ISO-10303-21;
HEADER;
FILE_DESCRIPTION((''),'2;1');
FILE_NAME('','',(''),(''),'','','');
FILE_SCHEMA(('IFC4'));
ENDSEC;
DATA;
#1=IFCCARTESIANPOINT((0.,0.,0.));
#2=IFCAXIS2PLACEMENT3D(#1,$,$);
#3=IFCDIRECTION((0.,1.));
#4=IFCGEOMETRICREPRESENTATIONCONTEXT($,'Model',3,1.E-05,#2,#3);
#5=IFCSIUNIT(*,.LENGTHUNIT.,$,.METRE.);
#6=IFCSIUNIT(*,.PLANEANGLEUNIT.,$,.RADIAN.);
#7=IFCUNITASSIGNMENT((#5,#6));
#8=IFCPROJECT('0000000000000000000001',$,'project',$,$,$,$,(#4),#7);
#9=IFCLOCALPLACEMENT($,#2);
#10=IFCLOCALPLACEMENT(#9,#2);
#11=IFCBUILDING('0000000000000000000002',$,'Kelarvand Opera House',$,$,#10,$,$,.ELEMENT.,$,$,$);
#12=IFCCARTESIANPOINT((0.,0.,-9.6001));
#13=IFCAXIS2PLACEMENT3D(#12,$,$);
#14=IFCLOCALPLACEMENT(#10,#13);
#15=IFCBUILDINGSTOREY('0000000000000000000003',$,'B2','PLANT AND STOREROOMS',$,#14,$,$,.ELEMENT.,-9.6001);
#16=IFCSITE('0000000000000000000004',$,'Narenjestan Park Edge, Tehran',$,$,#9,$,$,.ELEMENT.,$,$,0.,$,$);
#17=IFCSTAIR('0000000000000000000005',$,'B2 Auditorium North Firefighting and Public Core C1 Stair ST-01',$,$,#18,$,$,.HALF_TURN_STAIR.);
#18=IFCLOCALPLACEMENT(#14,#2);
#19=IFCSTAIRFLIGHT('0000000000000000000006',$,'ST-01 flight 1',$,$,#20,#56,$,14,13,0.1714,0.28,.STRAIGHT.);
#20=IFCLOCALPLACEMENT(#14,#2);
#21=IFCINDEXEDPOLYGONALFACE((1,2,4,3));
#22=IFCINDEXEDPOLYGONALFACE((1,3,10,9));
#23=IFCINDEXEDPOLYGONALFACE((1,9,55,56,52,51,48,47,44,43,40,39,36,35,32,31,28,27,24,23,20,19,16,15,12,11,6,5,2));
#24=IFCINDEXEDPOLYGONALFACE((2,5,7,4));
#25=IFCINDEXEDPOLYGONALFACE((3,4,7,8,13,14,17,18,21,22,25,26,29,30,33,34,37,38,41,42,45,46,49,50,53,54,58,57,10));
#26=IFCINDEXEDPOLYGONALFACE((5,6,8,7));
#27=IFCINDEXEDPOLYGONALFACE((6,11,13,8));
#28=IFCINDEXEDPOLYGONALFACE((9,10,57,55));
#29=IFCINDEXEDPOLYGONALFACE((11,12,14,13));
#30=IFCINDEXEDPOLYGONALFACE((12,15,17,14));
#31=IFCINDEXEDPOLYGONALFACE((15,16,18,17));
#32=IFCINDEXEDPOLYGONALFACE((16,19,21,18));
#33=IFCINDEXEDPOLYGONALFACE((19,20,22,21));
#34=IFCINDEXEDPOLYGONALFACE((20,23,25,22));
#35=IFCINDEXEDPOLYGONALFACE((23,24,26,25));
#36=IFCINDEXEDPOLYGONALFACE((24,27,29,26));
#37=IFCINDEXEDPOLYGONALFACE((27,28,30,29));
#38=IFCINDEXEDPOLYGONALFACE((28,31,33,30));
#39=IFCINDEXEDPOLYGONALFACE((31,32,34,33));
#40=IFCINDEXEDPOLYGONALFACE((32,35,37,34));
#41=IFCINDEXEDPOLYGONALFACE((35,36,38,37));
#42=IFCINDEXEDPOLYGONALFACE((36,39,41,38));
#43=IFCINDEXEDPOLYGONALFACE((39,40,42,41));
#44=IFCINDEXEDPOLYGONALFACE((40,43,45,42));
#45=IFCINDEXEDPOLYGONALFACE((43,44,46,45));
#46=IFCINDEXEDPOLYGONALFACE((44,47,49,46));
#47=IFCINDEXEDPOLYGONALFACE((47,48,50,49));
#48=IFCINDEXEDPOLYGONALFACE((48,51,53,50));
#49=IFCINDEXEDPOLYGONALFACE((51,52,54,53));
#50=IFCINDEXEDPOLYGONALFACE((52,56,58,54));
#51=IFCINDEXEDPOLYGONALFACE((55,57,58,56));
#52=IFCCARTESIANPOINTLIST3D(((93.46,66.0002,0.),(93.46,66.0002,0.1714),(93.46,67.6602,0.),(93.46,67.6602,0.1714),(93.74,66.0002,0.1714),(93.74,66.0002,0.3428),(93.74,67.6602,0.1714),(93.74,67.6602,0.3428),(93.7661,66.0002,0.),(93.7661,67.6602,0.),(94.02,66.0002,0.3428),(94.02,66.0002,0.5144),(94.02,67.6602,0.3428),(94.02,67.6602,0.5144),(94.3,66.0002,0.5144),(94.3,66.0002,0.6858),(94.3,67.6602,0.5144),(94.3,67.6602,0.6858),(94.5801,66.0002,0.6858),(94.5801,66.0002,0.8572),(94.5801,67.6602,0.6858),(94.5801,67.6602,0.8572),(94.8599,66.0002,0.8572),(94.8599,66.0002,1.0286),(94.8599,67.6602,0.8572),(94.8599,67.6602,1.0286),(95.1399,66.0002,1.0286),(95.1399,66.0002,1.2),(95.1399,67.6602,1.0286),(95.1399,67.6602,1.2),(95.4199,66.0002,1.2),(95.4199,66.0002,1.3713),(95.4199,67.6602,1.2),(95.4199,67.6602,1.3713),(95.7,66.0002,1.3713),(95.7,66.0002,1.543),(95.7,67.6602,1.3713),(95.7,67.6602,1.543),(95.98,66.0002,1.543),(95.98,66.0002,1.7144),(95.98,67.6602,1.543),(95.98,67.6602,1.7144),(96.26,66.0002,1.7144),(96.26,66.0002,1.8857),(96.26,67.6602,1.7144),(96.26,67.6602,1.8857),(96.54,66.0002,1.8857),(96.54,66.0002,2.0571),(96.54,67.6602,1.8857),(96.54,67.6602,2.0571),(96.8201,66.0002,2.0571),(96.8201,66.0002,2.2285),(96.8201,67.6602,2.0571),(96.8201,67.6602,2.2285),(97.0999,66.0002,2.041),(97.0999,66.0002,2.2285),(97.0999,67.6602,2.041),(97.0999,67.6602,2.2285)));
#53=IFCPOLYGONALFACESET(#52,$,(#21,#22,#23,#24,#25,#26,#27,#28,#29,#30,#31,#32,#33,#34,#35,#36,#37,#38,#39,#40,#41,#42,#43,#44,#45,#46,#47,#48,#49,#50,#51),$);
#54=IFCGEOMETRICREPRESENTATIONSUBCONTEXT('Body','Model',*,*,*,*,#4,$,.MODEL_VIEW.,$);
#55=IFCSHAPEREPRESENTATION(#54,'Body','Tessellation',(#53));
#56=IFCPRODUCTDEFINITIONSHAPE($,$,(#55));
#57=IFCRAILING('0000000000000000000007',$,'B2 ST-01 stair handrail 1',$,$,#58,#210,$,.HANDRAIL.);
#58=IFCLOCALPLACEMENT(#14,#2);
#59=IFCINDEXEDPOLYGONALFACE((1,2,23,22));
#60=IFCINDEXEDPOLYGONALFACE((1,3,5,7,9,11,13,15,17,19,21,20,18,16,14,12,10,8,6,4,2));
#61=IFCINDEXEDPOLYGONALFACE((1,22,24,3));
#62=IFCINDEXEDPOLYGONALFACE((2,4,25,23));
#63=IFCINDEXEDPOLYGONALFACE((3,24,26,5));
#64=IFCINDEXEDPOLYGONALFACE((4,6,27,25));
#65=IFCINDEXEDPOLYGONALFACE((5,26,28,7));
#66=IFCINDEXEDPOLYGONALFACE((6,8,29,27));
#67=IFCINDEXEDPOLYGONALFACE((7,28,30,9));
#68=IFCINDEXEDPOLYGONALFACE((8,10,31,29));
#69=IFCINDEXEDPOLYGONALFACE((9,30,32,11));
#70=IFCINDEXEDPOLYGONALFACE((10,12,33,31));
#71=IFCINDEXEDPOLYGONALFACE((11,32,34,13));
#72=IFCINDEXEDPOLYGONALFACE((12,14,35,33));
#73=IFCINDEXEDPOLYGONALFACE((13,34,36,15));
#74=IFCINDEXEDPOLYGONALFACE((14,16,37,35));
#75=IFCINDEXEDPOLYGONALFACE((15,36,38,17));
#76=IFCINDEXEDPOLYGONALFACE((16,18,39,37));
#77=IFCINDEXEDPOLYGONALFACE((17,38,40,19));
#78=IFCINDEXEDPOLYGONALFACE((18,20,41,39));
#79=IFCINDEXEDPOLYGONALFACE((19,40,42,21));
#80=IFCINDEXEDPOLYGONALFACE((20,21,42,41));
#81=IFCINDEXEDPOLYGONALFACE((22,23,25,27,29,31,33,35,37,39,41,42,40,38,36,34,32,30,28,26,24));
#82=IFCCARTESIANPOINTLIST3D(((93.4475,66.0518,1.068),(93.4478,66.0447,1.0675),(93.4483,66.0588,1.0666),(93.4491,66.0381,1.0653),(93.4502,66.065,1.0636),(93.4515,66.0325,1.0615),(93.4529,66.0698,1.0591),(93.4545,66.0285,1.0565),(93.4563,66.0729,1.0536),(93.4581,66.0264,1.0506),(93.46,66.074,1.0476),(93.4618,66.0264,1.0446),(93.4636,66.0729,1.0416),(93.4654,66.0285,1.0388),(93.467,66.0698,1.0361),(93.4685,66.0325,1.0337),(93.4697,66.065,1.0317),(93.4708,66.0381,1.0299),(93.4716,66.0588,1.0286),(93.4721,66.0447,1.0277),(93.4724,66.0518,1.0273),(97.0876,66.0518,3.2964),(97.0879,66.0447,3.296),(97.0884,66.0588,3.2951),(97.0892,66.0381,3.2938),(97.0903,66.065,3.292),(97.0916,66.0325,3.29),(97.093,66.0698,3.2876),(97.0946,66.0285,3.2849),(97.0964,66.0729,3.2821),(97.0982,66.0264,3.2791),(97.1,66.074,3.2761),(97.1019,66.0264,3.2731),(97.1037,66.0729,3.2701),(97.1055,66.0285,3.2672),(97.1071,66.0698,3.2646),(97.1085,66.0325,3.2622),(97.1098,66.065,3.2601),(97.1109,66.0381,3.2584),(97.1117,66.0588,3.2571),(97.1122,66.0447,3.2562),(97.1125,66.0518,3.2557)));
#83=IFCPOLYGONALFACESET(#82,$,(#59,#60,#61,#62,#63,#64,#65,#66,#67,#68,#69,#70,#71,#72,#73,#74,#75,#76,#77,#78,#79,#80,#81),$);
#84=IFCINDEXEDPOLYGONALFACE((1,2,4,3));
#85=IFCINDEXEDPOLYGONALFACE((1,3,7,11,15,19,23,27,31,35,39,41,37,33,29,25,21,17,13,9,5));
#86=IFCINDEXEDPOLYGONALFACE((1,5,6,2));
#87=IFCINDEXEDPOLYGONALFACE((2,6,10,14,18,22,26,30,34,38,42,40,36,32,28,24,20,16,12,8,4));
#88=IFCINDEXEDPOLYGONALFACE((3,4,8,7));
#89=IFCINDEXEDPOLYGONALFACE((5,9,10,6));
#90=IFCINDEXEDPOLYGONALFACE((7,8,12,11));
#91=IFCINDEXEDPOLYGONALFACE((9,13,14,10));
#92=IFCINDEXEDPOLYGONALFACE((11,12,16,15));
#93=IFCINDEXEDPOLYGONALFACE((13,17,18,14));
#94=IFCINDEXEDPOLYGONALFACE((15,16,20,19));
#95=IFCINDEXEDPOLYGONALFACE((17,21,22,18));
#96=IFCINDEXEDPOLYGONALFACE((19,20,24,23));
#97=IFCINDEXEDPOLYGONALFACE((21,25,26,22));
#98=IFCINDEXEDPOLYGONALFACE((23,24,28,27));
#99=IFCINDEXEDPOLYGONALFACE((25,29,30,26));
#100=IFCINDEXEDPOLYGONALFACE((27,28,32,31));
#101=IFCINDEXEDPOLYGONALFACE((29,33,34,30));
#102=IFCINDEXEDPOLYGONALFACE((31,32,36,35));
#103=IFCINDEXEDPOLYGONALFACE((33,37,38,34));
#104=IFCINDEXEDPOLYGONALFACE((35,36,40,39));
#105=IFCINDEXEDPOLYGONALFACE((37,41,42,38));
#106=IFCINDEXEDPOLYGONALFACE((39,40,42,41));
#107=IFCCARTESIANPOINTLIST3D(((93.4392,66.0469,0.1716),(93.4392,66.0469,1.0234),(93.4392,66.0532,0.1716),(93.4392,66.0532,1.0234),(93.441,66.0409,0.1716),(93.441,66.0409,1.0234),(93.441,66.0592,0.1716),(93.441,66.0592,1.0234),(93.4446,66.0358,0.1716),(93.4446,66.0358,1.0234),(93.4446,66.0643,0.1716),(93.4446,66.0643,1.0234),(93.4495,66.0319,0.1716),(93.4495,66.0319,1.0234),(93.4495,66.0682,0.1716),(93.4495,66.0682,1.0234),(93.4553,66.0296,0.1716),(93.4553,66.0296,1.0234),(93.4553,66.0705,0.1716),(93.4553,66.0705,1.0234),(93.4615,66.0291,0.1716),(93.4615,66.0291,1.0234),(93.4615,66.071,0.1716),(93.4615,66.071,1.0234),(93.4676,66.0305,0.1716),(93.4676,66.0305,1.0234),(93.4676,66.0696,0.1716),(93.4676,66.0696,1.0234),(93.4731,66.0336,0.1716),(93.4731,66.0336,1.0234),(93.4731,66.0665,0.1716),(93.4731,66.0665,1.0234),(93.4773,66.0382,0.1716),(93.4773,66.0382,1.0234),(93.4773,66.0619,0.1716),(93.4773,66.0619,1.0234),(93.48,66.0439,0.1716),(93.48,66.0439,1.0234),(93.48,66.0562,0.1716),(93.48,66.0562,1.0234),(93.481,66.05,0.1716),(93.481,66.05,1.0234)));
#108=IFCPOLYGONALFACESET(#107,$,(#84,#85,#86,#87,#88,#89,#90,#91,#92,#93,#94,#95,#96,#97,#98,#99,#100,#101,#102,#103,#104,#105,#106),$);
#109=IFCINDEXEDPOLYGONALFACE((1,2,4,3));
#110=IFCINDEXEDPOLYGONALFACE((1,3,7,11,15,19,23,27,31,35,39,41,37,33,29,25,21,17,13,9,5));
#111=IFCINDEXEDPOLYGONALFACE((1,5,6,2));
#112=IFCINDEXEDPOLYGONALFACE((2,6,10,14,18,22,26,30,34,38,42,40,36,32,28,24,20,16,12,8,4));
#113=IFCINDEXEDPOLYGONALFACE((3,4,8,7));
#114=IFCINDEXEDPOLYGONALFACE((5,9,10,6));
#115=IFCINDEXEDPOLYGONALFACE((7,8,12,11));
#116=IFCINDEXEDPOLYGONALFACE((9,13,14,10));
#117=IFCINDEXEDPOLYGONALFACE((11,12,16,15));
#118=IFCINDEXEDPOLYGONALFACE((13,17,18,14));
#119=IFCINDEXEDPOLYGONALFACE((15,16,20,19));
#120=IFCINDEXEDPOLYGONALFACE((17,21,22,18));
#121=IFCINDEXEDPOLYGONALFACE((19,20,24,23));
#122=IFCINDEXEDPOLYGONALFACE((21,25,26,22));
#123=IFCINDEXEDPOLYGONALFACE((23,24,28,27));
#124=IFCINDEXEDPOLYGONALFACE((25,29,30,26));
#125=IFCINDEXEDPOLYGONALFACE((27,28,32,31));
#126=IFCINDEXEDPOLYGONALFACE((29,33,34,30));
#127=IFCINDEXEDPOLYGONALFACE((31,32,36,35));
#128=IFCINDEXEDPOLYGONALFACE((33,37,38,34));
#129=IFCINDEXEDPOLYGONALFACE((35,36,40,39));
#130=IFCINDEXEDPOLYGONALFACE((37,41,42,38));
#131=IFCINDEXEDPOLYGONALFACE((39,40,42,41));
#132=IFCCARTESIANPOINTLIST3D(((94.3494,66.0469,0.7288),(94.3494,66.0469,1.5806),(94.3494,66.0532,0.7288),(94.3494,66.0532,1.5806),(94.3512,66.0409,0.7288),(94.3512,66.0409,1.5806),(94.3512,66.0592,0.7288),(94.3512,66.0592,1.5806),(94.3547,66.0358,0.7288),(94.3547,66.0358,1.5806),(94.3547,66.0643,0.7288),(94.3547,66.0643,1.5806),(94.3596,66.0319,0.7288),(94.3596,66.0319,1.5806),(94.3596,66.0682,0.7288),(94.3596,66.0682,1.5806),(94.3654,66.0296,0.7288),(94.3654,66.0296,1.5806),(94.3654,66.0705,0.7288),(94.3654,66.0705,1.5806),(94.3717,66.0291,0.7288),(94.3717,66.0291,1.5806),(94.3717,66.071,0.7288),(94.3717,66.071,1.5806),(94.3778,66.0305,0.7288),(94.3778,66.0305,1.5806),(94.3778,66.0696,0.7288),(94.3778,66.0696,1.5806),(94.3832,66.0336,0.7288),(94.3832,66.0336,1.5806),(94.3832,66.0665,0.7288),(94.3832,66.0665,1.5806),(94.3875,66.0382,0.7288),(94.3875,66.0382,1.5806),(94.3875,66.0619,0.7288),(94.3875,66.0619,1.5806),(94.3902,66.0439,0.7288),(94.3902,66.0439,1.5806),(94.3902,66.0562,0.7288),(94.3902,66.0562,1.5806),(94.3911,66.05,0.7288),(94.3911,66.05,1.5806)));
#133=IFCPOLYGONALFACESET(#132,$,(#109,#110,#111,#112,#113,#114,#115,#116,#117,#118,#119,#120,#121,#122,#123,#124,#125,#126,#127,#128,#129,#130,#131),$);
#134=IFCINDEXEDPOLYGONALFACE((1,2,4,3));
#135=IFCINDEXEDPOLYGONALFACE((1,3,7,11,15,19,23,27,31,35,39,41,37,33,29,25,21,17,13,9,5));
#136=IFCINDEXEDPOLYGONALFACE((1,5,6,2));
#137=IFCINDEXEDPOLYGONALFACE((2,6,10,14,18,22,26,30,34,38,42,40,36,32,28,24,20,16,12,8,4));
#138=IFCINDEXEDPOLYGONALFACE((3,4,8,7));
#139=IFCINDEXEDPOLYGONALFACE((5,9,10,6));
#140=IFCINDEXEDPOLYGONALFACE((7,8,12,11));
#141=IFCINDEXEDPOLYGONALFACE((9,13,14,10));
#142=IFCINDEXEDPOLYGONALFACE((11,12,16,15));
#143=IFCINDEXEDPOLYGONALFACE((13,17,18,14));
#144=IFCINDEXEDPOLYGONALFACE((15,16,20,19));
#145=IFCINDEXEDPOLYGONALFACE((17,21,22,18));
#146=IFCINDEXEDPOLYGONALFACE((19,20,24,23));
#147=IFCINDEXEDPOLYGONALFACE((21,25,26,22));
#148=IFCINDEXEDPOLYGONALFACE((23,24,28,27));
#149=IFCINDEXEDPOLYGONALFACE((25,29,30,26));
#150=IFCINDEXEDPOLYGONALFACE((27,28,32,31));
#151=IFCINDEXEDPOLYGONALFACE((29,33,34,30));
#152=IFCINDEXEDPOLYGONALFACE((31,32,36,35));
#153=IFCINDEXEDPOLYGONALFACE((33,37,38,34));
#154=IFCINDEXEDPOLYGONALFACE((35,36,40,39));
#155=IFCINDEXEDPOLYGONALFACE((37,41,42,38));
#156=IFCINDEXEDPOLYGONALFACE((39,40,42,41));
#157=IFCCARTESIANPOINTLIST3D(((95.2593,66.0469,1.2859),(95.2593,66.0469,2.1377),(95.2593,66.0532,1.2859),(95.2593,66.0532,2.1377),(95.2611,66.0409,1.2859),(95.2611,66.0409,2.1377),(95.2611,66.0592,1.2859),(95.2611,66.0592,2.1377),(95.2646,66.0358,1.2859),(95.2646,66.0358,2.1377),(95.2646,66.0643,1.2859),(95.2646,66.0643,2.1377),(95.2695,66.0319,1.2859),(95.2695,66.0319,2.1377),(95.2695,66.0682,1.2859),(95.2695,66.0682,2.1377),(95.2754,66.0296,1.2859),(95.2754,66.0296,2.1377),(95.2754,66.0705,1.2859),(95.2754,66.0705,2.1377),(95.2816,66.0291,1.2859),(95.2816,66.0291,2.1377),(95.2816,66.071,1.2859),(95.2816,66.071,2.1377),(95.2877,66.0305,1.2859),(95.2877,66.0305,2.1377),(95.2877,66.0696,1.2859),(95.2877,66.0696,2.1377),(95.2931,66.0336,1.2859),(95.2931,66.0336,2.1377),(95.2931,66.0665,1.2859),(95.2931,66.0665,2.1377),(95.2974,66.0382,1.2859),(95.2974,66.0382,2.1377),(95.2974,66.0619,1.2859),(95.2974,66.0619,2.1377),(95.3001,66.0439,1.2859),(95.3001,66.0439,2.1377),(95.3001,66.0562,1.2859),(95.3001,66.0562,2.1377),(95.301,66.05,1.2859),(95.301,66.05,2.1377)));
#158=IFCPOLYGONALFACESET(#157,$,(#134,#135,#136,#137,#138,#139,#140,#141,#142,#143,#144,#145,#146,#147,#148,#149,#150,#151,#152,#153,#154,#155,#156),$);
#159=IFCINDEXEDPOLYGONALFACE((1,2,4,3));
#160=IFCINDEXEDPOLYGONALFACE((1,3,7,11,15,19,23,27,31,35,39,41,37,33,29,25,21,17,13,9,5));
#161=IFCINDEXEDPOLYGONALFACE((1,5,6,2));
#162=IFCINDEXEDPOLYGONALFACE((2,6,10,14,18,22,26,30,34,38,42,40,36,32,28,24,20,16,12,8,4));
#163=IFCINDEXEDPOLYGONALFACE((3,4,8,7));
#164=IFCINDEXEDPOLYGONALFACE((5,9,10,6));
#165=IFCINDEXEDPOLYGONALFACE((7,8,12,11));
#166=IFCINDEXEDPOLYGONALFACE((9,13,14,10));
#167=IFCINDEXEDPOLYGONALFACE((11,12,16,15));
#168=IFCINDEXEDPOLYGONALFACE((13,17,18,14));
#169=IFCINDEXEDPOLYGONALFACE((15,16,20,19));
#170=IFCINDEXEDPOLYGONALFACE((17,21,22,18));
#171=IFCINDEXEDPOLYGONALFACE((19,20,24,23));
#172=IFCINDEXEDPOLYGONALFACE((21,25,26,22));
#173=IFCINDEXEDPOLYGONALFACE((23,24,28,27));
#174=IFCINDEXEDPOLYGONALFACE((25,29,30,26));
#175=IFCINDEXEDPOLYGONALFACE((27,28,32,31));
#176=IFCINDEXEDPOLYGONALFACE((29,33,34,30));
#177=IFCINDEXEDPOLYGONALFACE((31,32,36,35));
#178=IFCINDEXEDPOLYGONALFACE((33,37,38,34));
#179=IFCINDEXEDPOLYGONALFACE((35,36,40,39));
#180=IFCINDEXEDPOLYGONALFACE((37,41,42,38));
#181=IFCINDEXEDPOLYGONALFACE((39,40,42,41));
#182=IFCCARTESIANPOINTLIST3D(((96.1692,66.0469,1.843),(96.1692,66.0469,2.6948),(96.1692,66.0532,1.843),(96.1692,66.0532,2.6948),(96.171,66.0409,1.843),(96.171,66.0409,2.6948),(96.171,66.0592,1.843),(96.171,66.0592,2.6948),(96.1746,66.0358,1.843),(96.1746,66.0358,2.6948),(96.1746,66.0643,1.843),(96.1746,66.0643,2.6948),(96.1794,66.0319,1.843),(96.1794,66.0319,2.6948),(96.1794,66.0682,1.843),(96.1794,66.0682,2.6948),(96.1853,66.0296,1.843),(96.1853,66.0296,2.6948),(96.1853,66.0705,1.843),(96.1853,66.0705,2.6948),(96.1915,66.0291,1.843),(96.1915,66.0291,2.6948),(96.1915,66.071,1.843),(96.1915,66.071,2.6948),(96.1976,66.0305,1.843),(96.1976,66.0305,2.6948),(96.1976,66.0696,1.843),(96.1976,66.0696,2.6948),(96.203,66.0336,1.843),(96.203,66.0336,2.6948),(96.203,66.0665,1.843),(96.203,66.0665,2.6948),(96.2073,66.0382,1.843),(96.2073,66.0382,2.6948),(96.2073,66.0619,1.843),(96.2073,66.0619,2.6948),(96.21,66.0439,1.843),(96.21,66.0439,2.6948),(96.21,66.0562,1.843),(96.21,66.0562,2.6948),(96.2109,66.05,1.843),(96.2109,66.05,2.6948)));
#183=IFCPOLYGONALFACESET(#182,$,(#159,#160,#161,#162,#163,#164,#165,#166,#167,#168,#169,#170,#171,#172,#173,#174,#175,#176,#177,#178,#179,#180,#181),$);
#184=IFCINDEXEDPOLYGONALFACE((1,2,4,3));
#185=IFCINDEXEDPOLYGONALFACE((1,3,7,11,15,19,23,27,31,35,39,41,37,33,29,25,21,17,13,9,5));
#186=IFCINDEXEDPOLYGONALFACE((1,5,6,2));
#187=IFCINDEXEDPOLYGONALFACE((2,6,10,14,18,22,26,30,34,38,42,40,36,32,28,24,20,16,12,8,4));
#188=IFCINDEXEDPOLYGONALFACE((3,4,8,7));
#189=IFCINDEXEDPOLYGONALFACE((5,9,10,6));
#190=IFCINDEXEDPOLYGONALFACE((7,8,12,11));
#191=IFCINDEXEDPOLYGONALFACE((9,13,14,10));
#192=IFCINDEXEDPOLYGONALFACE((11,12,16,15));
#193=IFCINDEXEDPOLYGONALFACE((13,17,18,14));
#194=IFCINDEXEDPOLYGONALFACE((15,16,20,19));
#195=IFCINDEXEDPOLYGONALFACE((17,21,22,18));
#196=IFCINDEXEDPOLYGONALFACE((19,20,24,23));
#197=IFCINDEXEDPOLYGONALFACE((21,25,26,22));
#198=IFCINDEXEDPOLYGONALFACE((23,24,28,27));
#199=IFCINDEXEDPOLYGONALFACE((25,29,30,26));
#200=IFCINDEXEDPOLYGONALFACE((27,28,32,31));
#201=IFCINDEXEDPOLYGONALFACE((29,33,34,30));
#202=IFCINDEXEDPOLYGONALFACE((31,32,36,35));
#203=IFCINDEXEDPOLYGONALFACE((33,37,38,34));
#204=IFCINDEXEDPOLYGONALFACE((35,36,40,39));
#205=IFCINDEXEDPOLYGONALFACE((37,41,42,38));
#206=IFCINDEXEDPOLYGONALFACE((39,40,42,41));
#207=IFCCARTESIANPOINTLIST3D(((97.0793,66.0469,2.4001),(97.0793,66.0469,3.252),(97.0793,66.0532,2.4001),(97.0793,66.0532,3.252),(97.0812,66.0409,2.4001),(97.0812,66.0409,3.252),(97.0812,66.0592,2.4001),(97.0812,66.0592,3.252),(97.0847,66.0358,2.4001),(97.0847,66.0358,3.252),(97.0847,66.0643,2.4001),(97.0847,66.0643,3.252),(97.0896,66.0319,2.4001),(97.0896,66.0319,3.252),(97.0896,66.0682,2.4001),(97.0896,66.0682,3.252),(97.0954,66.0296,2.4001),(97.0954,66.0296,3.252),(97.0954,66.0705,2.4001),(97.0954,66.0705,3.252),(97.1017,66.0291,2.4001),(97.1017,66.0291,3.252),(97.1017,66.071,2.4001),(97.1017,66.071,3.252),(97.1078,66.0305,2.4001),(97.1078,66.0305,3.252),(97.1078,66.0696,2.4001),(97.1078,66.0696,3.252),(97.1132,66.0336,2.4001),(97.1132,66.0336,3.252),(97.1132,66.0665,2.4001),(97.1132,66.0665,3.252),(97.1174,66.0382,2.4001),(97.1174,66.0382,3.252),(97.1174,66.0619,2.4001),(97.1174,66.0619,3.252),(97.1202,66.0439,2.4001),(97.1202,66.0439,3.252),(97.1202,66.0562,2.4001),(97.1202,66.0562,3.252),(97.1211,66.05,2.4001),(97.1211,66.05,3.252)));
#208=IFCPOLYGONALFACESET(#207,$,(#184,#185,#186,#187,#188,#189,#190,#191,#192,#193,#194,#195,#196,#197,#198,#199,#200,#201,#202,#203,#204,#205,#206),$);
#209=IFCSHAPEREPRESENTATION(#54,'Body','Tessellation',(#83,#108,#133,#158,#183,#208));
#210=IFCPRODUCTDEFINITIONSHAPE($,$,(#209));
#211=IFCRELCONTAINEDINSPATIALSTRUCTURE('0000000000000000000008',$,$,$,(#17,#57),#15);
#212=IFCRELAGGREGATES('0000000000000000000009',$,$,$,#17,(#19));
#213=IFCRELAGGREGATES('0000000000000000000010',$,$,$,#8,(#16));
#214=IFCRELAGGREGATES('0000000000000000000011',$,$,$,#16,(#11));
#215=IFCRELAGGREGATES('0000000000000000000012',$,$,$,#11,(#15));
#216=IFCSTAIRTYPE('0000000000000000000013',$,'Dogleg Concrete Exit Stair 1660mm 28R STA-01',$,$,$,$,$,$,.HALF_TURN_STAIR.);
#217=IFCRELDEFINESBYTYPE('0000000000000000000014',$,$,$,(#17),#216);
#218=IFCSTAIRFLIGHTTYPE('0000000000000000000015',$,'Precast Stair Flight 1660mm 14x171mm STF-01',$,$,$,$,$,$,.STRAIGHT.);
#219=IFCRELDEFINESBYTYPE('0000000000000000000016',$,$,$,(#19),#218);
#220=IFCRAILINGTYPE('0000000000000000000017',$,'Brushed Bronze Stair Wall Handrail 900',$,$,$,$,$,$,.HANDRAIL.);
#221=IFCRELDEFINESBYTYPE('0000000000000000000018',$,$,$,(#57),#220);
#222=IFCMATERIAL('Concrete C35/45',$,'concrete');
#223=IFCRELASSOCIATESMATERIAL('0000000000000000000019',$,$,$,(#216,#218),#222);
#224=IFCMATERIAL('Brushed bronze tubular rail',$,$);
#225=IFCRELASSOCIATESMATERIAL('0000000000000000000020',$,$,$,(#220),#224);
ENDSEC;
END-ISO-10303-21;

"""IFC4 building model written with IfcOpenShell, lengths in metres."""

from ifc_helpers import new_model, si_unit, direction, frame, origin, origin_2d, place, context, subcontext, project, spatial, polyline, circle, outline, extrude, material, type_object, element, aggregate, save


model = new_model("IFC4")

# Units and contexts
model_context = context("Model", 3, precision=1e-05, world=origin(), true_north=direction((0.0, 1.0)))
body_context = subcontext(model_context, "Body", "Model", "MODEL_VIEW")
ifc_project = project(units=[si_unit("LENGTHUNIT", "METRE"), si_unit("PLANEANGLEUNIT", "RADIAN")], contexts=[model_context])

# Site, building, storey
site_placement = place(None, origin())
site = spatial("IfcSite", under=ifc_project, at=site_placement, Name="Narenjestan Park Edge, Tehran", CompositionType="ELEMENT", RefElevation=0.0)
building_placement = place(site_placement, origin())
building = spatial("IfcBuilding", under=site, at=building_placement, Name="Kelarvand Opera House", CompositionType="ELEMENT")
storey_placement = place(building_placement, frame((0.0, 0.0, -9.6001)))
storey = spatial("IfcBuildingStorey", under=building, at=storey_placement, Name="B2", Description="PLANT AND STOREROOMS", CompositionType="ELEMENT", Elevation=-9.6001)

# Shared definitions
ifc_material_1 = material(Name="Concrete C35/45", Category="concrete")

# Stair, stair flight
stair_type = type_object("IfcStairType", Name="Dogleg Concrete Exit Stair 1660mm 28R STA-01", PredefinedType="HALF_TURN_STAIR", material=ifc_material_1)
stair_placement = place(storey_placement, origin())
stair = element("IfcStair", 1, at=stair_placement, inside=storey, type_object=stair_type, Name="B2 Auditorium North Firefighting and Public Core C1 Stair ST-01", PredefinedType="HALF_TURN_STAIR")
stair_flight_type = type_object("IfcStairFlightType", Name="Precast Stair Flight 1660mm 14x171mm STF-01", PredefinedType="STRAIGHT", material=ifc_material_1)
stair_flight_placement = place(storey_placement, frame((93.46, 66.8301, 0.0), z_axis=(0.0, 0.0, 1.0), x_axis=(1.0, 0.0, 0.0)))
stair_flight = element("IfcStairFlight", 2, at=stair_flight_placement, type_object=stair_flight_type, Name="ST-01 flight 1", NumberOfRisers=14, NumberOfTreads=13, PredefinedType="STRAIGHT", RiserHeight=0.1714, TreadLength=0.28, context=body_context, shape_type="SweptSolid", body=[
    extrude(outline(polyline([(0.0, 0.0), (0.0, 0.1714), (0.28, 0.1714), (0.28, 0.3428), (0.5601, 0.3428), (0.5601, 0.5144), (0.8401, 0.5144), (0.8401, 0.6858), (1.1201, 0.6858), (1.1201, 0.8572), (1.3999, 0.8572), (1.3999, 1.0286), (1.6799, 1.0286), (1.6799, 1.2), (1.96, 1.2), (1.96, 1.3713), (2.24, 1.3713), (2.24, 1.543), (2.52, 1.543), (2.52, 1.7144), (2.8, 1.7144), (2.8, 1.8857), (3.0801, 1.8857), (3.0801, 2.0571), (3.3601, 2.0571), (3.3601, 2.2285), (3.6399, 2.2285), (3.6399, 2.3999), (3.6399, 2.041), (0.3062, 0.0), (0.0, 0.0)])), frame((0.0, 0.8301, 0.0), z_axis=(0.0, -1.0, 0.0), x_axis=(1.0, 0.0, 0.0)), (0.0, 0.0, 1.0), 1.6599),
])
aggregate(stair, [stair_flight])

# Railing
ifc_material_2 = material(Name="Brushed bronze tubular rail")
railing_type_1 = type_object("IfcRailingType", Name="Brushed Bronze Stair Wall Handrail 900", PredefinedType="HANDRAIL", material=ifc_material_2)
railing_1_placement = place(storey_placement, frame((93.46, 66.05, 0.1716)))
element("IfcRailing", 3, at=railing_1_placement, inside=storey, type_object=railing_type_1, Name="B2 ST-01 stair handrail 1", PredefinedType="HANDRAIL", context=body_context, shape_type="SweptSolid", body=[
    extrude(circle(Radius=0.0239, at=origin_2d()), frame((0.0, 0.0, 0.876), z_axis=(0.852866, 0.0, 0.52213), x_axis=(0.0, 1.0, 0.0)), (0.0, 0.0, 1.0), 4.2681),
    extrude(circle(Radius=0.021, at=origin_2d()), origin(), (0.0, 0.0, 1.0), 0.8518),
    extrude(circle(Radius=0.021, at=origin_2d()), frame((0.9102, 0.0, 0.5571)), (0.0, 0.0, 1.0), 0.8518),
    extrude(circle(Radius=0.021, at=origin_2d()), frame((1.8201, 0.0, 1.1143)), (0.0, 0.0, 1.0), 0.8518),
    extrude(circle(Radius=0.021, at=origin_2d()), frame((2.73, 0.0, 1.6714)), (0.0, 0.0, 1.0), 0.8518),
    extrude(circle(Radius=0.021, at=origin_2d()), frame((3.6401, 0.0, 2.2285)), (0.0, 0.0, 1.0), 0.8518),
])

save(model, "model.ifc")
